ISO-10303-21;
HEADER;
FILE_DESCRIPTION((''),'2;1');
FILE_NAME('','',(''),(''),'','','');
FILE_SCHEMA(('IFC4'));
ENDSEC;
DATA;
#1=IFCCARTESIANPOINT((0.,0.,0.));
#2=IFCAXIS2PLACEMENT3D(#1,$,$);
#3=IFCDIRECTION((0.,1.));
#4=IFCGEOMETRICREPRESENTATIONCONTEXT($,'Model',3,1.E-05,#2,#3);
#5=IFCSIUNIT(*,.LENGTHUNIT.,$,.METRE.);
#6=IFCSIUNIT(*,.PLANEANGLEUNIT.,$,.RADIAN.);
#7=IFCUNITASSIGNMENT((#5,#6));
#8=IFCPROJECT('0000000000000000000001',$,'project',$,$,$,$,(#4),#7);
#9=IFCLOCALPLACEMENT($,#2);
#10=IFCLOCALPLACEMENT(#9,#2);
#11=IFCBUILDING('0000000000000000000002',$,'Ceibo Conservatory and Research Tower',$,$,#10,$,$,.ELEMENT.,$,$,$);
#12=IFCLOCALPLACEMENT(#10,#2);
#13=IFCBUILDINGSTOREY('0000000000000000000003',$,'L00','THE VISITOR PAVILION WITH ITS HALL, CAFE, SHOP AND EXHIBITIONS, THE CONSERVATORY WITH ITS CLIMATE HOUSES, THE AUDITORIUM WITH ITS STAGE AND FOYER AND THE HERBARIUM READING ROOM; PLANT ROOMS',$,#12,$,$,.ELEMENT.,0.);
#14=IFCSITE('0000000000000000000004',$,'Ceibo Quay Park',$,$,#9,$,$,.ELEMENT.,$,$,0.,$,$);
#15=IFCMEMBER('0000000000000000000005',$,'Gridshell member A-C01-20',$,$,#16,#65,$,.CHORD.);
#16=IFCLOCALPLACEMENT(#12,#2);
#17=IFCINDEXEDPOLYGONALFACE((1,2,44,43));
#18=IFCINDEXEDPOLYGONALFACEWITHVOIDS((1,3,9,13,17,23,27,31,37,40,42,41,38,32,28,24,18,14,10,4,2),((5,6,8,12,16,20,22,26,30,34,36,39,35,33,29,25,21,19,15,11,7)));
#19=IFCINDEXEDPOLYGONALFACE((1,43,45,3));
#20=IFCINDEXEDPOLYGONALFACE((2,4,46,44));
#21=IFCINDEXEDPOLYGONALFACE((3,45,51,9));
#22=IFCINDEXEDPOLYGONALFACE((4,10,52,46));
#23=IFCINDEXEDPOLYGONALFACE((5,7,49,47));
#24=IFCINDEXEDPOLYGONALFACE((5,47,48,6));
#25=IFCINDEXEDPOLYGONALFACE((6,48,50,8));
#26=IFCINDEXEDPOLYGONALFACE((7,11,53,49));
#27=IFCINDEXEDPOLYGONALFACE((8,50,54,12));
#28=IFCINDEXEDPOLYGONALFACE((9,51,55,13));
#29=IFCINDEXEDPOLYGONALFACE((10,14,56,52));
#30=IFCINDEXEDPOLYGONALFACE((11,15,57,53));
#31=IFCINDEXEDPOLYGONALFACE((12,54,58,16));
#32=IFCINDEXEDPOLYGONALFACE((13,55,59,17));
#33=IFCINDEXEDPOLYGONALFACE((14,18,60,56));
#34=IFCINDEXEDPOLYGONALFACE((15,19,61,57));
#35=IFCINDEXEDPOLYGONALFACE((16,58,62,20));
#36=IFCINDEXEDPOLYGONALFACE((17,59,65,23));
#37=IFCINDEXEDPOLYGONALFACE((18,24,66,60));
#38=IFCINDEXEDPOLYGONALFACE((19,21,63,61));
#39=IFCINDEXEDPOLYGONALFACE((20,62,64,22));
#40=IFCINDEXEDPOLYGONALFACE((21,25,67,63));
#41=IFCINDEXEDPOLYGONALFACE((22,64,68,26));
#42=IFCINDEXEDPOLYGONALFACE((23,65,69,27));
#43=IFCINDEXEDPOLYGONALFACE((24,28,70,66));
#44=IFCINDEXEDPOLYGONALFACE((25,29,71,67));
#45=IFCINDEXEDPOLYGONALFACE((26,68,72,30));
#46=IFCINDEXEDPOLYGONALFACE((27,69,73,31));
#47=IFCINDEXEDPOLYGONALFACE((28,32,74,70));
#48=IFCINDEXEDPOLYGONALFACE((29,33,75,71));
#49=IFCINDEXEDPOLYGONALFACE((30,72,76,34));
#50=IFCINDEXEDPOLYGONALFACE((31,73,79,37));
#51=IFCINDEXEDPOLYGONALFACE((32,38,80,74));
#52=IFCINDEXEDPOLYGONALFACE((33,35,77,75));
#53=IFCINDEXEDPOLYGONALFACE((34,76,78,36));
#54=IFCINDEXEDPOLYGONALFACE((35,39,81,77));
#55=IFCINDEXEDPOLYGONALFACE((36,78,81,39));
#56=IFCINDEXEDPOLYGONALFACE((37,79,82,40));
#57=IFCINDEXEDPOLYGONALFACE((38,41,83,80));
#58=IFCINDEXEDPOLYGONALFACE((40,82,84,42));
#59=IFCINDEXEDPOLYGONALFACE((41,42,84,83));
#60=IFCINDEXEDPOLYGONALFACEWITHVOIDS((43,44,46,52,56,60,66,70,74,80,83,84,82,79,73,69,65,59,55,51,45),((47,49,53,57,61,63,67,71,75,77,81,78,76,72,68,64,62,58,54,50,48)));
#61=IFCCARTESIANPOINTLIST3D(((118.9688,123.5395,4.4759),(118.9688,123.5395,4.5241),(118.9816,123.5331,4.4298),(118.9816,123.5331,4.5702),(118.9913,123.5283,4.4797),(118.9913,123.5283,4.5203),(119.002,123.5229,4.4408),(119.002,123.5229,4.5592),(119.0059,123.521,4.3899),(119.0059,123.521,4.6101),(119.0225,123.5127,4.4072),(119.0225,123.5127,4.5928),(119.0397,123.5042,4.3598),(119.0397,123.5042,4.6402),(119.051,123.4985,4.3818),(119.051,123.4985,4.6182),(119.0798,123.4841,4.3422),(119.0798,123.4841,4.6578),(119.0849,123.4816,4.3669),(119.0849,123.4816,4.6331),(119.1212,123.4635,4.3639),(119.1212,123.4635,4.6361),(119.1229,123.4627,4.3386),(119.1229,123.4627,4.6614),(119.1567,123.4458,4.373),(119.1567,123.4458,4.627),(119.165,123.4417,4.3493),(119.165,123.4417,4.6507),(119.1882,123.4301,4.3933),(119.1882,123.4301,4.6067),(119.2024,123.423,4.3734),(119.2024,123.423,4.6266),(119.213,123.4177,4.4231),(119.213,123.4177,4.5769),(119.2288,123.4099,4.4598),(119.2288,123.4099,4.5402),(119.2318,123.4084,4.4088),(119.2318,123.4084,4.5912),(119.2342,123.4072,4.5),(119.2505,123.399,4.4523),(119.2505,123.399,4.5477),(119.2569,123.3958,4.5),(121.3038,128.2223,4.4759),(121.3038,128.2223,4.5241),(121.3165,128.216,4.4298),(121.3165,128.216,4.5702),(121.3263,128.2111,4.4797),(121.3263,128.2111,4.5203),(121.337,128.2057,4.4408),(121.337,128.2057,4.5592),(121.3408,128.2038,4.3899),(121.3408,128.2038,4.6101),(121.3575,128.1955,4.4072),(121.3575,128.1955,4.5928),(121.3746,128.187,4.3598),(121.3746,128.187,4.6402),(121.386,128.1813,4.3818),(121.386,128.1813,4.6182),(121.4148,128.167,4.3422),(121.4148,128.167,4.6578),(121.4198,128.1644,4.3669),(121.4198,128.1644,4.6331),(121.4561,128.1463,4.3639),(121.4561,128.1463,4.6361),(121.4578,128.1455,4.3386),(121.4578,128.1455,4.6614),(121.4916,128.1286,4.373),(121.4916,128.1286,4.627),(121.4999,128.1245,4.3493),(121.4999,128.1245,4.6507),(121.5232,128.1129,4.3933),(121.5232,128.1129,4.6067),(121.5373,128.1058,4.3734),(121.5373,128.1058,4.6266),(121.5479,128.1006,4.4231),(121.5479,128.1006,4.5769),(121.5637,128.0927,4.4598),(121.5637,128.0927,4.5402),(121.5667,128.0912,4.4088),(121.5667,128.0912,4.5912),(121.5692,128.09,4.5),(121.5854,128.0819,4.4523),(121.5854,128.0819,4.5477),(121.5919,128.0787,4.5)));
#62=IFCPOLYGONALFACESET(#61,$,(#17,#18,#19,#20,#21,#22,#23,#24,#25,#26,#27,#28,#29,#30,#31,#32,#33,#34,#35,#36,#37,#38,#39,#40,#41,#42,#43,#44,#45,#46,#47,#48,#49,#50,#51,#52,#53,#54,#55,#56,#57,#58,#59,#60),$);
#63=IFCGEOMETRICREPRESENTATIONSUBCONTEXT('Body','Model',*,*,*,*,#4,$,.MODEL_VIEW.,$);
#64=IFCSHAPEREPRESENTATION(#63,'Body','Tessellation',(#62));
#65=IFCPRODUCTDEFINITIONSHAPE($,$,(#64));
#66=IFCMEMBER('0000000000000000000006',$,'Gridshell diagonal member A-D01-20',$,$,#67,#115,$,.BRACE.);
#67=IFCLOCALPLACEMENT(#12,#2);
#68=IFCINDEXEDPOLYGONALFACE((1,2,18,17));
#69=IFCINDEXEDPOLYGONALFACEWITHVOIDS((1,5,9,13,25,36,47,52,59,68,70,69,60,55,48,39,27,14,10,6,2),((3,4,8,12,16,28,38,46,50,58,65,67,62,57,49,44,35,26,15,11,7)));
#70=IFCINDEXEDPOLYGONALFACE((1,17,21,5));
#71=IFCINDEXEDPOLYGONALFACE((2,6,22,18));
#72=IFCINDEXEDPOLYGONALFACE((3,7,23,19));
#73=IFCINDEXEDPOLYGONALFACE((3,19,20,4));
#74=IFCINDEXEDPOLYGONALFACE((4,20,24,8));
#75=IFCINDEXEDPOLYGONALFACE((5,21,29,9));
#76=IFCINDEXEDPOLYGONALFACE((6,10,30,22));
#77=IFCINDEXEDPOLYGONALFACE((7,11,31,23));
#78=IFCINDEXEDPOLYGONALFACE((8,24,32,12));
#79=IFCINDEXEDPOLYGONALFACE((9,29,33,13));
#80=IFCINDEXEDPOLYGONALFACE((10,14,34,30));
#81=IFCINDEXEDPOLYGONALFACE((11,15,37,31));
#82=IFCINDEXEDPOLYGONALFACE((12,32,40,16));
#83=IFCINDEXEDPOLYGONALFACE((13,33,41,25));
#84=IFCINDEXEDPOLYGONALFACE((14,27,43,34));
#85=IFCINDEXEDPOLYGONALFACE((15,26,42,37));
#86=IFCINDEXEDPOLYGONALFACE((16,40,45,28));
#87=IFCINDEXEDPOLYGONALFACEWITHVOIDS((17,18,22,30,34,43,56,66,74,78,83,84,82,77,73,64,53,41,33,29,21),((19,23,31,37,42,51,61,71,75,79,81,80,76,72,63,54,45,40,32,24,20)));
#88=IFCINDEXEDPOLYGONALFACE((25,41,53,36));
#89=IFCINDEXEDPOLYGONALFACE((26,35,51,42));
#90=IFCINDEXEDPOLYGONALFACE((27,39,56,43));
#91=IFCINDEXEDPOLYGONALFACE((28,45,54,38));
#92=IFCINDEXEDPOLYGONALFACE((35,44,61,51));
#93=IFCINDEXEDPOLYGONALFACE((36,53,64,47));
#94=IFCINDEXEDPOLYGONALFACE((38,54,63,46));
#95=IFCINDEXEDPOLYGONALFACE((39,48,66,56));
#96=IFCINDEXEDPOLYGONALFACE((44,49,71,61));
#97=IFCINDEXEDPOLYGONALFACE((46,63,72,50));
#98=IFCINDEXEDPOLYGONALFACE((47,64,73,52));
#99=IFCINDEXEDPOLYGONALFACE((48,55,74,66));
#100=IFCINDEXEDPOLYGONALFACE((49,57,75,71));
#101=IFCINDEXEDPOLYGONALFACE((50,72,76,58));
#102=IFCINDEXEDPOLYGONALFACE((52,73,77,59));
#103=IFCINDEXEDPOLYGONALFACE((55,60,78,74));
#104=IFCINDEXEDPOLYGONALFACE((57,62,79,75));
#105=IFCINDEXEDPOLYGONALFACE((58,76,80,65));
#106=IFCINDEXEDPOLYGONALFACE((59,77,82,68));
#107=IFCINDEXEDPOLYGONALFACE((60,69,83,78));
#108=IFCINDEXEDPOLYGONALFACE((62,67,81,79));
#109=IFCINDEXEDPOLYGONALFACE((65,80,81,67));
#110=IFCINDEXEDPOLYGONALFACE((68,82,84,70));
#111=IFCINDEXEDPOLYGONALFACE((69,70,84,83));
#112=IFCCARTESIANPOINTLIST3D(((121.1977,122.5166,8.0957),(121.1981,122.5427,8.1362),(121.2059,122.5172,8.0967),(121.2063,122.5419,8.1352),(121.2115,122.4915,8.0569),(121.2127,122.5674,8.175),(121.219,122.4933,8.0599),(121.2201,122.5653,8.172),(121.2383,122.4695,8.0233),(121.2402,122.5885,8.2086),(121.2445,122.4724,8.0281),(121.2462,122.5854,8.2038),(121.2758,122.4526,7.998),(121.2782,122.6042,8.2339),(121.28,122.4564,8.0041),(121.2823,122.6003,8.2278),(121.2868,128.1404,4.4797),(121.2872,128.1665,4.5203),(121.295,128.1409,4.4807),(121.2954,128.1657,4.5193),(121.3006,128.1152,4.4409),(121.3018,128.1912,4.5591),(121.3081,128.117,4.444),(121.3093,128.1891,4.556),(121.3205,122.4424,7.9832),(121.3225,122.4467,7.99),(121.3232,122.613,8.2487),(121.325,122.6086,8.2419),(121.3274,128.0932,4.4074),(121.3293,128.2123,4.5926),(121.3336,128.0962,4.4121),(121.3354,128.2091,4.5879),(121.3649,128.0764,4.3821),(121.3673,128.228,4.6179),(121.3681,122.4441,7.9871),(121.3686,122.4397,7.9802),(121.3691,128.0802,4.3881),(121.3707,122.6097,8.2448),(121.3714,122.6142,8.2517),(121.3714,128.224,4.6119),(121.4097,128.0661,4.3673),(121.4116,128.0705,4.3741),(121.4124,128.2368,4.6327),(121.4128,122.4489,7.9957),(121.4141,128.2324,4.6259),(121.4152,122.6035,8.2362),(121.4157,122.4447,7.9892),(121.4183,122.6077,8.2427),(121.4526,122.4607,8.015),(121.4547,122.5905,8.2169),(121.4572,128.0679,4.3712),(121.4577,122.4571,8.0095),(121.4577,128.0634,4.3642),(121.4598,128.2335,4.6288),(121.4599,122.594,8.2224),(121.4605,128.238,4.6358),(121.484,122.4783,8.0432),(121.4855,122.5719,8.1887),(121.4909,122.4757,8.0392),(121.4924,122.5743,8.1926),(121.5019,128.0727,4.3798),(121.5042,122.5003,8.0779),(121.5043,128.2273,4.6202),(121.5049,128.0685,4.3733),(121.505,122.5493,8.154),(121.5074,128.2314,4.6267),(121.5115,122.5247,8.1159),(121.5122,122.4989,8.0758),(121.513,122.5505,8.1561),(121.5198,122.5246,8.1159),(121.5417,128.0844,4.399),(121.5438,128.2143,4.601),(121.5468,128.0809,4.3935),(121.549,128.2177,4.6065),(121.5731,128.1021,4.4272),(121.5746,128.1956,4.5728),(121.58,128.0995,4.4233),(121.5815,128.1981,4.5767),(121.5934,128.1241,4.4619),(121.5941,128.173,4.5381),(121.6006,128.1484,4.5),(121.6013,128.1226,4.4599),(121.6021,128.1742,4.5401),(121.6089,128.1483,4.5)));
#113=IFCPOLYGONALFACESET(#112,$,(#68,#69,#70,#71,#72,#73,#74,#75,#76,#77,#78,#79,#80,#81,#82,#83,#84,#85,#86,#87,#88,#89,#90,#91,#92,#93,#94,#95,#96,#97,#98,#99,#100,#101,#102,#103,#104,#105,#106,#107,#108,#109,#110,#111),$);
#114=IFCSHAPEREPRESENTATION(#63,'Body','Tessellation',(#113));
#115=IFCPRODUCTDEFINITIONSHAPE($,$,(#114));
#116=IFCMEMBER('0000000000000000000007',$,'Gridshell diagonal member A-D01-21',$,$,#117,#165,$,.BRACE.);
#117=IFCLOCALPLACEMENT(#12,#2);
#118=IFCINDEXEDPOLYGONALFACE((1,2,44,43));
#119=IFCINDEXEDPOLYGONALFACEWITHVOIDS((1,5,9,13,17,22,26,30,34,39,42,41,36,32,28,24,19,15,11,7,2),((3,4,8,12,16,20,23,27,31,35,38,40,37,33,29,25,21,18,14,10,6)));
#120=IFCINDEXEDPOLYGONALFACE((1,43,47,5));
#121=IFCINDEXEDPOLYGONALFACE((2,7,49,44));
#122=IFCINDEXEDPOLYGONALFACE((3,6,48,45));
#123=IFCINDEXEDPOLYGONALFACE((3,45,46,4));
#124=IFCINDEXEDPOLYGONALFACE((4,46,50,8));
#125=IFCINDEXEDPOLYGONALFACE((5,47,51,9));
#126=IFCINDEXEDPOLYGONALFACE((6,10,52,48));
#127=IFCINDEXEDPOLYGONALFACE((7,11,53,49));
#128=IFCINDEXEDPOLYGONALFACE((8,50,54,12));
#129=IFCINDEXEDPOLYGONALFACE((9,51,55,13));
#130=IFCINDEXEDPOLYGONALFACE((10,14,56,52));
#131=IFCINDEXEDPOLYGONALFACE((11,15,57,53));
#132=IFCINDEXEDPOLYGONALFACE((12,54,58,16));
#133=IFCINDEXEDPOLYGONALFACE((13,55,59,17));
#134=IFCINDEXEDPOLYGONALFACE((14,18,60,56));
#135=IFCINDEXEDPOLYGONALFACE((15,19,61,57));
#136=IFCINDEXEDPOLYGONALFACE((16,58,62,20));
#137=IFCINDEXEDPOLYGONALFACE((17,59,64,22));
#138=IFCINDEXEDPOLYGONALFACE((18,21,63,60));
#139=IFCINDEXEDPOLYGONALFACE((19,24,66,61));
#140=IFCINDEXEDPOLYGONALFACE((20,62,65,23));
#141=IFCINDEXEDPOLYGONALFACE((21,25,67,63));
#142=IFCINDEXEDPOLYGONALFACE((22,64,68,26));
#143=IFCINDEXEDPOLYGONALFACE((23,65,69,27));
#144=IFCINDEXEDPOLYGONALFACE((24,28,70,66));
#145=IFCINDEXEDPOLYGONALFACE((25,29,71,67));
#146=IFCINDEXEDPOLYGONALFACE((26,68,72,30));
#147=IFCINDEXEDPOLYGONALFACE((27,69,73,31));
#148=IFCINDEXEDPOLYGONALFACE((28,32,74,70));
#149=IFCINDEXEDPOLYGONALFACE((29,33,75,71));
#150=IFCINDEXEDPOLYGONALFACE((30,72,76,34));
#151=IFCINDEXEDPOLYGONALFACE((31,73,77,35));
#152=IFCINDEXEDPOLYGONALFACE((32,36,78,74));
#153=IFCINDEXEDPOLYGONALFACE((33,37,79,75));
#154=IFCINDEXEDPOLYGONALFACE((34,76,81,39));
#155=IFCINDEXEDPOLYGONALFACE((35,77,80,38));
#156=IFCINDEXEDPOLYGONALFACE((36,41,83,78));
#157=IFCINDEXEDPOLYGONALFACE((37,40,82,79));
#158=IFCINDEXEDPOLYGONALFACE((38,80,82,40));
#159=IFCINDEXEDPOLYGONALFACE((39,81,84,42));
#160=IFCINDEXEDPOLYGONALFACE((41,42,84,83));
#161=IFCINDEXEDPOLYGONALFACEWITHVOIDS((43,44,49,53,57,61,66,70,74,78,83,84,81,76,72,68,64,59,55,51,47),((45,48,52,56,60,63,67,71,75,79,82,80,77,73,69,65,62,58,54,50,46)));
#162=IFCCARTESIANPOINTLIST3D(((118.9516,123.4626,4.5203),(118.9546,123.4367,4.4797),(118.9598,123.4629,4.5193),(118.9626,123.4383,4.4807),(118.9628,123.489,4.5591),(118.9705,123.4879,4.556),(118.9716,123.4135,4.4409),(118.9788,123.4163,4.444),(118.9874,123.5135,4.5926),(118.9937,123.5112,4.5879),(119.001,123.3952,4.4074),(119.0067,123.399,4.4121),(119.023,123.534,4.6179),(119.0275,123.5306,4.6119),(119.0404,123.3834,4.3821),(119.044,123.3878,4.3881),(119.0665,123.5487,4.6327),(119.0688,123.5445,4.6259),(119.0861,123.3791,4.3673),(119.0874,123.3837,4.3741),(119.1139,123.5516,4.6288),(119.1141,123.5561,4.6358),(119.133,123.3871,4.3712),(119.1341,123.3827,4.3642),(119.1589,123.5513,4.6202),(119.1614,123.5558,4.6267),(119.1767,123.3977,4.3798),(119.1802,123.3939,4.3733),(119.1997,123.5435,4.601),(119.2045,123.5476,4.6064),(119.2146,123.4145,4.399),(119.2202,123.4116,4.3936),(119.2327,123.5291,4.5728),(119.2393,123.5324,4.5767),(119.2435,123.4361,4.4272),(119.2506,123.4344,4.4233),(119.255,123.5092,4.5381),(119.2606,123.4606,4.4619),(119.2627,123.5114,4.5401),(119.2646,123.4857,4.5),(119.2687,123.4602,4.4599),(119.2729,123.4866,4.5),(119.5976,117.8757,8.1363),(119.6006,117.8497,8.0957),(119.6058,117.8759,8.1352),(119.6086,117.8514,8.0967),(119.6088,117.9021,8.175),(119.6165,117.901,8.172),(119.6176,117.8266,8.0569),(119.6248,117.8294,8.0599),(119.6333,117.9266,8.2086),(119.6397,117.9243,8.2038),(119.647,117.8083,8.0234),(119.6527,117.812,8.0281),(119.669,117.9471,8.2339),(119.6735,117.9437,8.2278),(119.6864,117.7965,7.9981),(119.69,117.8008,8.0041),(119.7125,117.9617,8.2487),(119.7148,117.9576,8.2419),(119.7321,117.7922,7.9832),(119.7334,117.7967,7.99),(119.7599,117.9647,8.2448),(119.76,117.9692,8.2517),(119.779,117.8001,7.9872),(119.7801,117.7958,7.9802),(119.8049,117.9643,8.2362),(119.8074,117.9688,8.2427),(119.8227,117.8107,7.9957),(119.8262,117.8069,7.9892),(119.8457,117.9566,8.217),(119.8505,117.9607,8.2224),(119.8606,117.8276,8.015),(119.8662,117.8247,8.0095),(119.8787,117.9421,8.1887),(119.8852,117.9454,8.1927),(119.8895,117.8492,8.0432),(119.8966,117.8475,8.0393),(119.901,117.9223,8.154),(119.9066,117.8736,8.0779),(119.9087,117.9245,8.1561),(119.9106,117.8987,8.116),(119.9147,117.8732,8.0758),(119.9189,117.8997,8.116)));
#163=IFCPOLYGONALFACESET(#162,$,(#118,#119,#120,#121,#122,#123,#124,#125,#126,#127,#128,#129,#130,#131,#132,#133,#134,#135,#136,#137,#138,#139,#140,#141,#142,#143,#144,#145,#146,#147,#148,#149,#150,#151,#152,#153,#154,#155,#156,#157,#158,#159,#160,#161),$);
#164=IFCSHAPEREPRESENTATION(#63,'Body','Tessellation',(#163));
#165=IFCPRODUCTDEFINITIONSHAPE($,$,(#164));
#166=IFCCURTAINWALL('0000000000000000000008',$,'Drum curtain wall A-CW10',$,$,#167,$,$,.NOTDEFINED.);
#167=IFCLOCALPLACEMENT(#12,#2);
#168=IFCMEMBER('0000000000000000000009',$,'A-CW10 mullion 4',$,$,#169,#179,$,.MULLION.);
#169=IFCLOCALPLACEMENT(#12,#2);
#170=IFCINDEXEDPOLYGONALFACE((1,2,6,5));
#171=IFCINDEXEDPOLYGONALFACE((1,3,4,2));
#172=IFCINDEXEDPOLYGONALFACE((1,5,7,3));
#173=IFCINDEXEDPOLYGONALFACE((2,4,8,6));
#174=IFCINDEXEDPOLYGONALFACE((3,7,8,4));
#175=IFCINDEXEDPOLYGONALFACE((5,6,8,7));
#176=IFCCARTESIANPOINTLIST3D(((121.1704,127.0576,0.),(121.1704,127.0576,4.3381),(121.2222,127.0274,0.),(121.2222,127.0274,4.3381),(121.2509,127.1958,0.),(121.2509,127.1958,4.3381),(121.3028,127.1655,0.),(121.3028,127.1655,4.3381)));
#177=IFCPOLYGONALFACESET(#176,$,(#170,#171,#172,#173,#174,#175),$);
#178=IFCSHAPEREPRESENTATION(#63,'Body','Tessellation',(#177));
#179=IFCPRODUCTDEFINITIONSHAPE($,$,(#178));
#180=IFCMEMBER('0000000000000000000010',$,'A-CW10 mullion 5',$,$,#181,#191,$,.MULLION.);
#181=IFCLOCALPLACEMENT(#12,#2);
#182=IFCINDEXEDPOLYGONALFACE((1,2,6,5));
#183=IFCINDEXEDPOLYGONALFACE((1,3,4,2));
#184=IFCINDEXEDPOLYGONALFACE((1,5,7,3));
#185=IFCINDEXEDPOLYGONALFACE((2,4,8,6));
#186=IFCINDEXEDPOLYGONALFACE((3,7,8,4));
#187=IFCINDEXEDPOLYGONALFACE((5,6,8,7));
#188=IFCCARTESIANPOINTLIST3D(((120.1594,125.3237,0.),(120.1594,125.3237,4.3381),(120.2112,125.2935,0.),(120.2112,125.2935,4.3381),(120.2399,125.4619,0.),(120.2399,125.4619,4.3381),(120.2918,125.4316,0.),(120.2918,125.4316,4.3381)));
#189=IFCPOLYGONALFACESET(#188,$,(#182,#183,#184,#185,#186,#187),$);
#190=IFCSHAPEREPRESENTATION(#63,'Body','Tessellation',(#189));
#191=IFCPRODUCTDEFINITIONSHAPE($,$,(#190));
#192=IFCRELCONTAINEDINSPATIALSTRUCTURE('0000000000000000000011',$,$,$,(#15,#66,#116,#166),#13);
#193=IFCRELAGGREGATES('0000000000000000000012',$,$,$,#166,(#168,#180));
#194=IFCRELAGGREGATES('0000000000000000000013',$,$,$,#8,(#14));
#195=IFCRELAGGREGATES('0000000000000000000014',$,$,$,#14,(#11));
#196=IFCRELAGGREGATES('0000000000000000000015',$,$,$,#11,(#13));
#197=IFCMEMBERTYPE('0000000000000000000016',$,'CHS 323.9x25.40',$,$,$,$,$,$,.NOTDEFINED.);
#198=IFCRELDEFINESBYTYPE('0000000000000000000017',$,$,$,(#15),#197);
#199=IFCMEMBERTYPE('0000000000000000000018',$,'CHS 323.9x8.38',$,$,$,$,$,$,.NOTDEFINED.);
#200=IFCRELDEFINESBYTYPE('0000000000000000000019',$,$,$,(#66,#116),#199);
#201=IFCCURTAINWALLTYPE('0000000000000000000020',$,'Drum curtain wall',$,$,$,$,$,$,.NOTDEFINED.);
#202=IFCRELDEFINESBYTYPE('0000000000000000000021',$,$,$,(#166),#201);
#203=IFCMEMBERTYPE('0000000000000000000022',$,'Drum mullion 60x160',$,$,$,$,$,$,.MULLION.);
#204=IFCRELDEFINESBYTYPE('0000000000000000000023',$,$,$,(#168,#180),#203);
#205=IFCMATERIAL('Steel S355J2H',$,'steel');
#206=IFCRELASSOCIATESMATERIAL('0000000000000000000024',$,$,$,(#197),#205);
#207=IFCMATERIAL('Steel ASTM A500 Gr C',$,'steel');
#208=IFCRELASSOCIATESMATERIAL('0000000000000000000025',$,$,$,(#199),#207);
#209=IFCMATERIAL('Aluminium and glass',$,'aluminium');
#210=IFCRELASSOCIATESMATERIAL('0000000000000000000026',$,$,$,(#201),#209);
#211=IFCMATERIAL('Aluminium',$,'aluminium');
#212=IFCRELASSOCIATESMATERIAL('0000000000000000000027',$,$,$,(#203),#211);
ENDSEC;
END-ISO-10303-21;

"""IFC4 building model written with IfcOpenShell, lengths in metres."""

from ifc_helpers import new_model, si_unit, direction, frame, origin, origin_2d, place, context, subcontext, project, spatial, rectangle, hollow_circle, extrude, material, material_profile, profile_set, type_object, element, aggregate, save


model = new_model("IFC4")

# Units and contexts
model_context = context("Model", 3, precision=1e-05, world=origin(), true_north=direction((0.0, 1.0)))
body_context = subcontext(model_context, "Body", "Model", "MODEL_VIEW")
ifc_project = project(units=[si_unit("LENGTHUNIT", "METRE"), si_unit("PLANEANGLEUNIT", "RADIAN")], contexts=[model_context])

# Site, building, storey
site_placement = place(None, origin())
site = spatial("IfcSite", under=ifc_project, at=site_placement, Name="Ceibo Quay Park", CompositionType="ELEMENT", RefElevation=0.0)
building_placement = place(site_placement, origin())
building = spatial("IfcBuilding", under=site, at=building_placement, Name="Ceibo Conservatory and Research Tower", CompositionType="ELEMENT")
storey_placement = place(building_placement, origin())
storey = spatial("IfcBuildingStorey", under=building, at=storey_placement, Name="L00", Description="THE VISITOR PAVILION WITH ITS HALL, CAFE, SHOP AND EXHIBITIONS, THE CONSERVATORY WITH ITS CLIMATE HOUSES, THE AUDITORIUM WITH ITS STAGE AND FOYER AND THE HERBARIUM READING ROOM; PLANT ROOMS", CompositionType="ELEMENT", Elevation=0.0)

# Shared definitions
ifc_material_1 = material(Name="Steel ASTM A500 Gr C", Category="steel")

# Members
ifc_material_2 = material(Name="Steel S355J2H", Category="steel")
ifc_material_profile_1 = material_profile(ifc_material_2, hollow_circle(Radius=0.1619, WallThickness=0.0254, at=origin_2d()), Name="CHS 323.9x25.40")
ifc_profile_set_1 = profile_set([ifc_material_profile_1], Name="Steel S355J2H")
member_type_1 = type_object("IfcMemberType", Name="CHS 323.9x25.40", PredefinedType="NOTDEFINED", material=ifc_profile_set_1)
member_1_placement = place(storey_placement, frame((121.447, 128.1509, 4.5), z_axis=(-0.446224, -0.894921, 0.0), x_axis=(0.894921, -0.446224, 0.0)))
element("IfcMember", 1, at=member_1_placement, inside=storey, type_object=member_type_1, Name="Gridshell member A-C01-20", PredefinedType="CHORD", context=body_context, shape_type="SweptSolid", body=[
    extrude(hollow_circle(Radius=0.1619, WallThickness=0.0254, at=origin_2d()), origin(), (0.0, 0.0, 1.0), 5.2327),
])
ifc_material_profile_2 = material_profile(ifc_material_1, hollow_circle(Radius=0.1619, WallThickness=0.0083, at=origin_2d()), Name="CHS 323.9x8.38")
ifc_profile_set_2 = profile_set([ifc_material_profile_2], Name="Steel ASTM A500 Gr C")
member_type_2 = type_object("IfcMemberType", Name="CHS 323.9x8.38", PredefinedType="NOTDEFINED", material=ifc_profile_set_2)
member_2_placement = place(storey_placement, frame((121.447, 128.1509, 4.5), z_axis=(-0.013327, -0.841058, 0.540782), x_axis=(0.999874, -0.015843, 0.0)))
element("IfcMember", 2, at=member_2_placement, inside=storey, type_object=member_type_2, Name="Gridshell diagonal member A-D01-20", PredefinedType="BRACE", context=body_context, shape_type="SweptSolid", body=[
    extrude(hollow_circle(Radius=0.1619, WallThickness=0.0083, at=origin_2d()), origin(), (0.0, 0.0, 1.0), 6.6865),
])
member_3_placement = place(storey_placement, frame((119.1121, 123.468, 4.5), z_axis=(0.096615, -0.835581, 0.540805), x_axis=(0.993382, 0.114861, 0.0)))
element("IfcMember", 3, at=member_3_placement, inside=storey, type_object=member_type_2, Name="Gridshell diagonal member A-D01-21", PredefinedType="BRACE", context=body_context, shape_type="SweptSolid", body=[
    extrude(hollow_circle(Radius=0.1619, WallThickness=0.0083, at=origin_2d()), origin(), (0.0, 0.0, 1.0), 6.6863),
])

# Curtain wall, members
ifc_material_3 = material(Name="Aluminium and glass", Category="aluminium")
curtain_wall_type = type_object("IfcCurtainWallType", Name="Drum curtain wall", PredefinedType="NOTDEFINED", material=ifc_material_3)
curtain_wall_placement = place(storey_placement, origin())
curtain_wall = element("IfcCurtainWall", 4, at=curtain_wall_placement, inside=storey, type_object=curtain_wall_type, Name="Drum curtain wall A-CW10", PredefinedType="NOTDEFINED")
ifc_material_4 = material(Name="Aluminium", Category="aluminium")
ifc_material_profile_3 = material_profile(ifc_material_4, rectangle(XDim=0.0601, YDim=0.1599, at=origin_2d()), Name="AL 60x160")
ifc_profile_set_3 = profile_set([ifc_material_profile_3], Name="Aluminium")
member_type_3 = type_object("IfcMemberType", Name="Drum mullion 60x160", PredefinedType="MULLION", material=ifc_profile_set_3)
member_4_placement = place(storey_placement, frame((121.2366, 127.1116, 0.0), z_axis=(0.0, 0.0, 1.0), x_axis=(0.863836, -0.503774, 0.0)))
member_4 = element("IfcMember", 5, at=member_4_placement, type_object=member_type_3, Name="A-CW10 mullion 4", PredefinedType="MULLION", context=body_context, shape_type="SweptSolid", body=[
    extrude(rectangle(XDim=0.0601, YDim=0.1599, at=origin_2d()), origin(), (0.0, 0.0, 1.0), 4.3381),
])
member_5_placement = place(storey_placement, frame((120.2256, 125.3777, 0.0), z_axis=(0.0, 0.0, 1.0), x_axis=(0.863836, -0.503774, 0.0)))
member_5 = element("IfcMember", 6, at=member_5_placement, type_object=member_type_3, Name="A-CW10 mullion 5", PredefinedType="MULLION", context=body_context, shape_type="SweptSolid", body=[
    extrude(rectangle(XDim=0.0601, YDim=0.1599, at=origin_2d()), origin(), (0.0, 0.0, 1.0), 4.3381),
])
aggregate(curtain_wall, [member_4, member_5])

save(model, "model.ifc")
